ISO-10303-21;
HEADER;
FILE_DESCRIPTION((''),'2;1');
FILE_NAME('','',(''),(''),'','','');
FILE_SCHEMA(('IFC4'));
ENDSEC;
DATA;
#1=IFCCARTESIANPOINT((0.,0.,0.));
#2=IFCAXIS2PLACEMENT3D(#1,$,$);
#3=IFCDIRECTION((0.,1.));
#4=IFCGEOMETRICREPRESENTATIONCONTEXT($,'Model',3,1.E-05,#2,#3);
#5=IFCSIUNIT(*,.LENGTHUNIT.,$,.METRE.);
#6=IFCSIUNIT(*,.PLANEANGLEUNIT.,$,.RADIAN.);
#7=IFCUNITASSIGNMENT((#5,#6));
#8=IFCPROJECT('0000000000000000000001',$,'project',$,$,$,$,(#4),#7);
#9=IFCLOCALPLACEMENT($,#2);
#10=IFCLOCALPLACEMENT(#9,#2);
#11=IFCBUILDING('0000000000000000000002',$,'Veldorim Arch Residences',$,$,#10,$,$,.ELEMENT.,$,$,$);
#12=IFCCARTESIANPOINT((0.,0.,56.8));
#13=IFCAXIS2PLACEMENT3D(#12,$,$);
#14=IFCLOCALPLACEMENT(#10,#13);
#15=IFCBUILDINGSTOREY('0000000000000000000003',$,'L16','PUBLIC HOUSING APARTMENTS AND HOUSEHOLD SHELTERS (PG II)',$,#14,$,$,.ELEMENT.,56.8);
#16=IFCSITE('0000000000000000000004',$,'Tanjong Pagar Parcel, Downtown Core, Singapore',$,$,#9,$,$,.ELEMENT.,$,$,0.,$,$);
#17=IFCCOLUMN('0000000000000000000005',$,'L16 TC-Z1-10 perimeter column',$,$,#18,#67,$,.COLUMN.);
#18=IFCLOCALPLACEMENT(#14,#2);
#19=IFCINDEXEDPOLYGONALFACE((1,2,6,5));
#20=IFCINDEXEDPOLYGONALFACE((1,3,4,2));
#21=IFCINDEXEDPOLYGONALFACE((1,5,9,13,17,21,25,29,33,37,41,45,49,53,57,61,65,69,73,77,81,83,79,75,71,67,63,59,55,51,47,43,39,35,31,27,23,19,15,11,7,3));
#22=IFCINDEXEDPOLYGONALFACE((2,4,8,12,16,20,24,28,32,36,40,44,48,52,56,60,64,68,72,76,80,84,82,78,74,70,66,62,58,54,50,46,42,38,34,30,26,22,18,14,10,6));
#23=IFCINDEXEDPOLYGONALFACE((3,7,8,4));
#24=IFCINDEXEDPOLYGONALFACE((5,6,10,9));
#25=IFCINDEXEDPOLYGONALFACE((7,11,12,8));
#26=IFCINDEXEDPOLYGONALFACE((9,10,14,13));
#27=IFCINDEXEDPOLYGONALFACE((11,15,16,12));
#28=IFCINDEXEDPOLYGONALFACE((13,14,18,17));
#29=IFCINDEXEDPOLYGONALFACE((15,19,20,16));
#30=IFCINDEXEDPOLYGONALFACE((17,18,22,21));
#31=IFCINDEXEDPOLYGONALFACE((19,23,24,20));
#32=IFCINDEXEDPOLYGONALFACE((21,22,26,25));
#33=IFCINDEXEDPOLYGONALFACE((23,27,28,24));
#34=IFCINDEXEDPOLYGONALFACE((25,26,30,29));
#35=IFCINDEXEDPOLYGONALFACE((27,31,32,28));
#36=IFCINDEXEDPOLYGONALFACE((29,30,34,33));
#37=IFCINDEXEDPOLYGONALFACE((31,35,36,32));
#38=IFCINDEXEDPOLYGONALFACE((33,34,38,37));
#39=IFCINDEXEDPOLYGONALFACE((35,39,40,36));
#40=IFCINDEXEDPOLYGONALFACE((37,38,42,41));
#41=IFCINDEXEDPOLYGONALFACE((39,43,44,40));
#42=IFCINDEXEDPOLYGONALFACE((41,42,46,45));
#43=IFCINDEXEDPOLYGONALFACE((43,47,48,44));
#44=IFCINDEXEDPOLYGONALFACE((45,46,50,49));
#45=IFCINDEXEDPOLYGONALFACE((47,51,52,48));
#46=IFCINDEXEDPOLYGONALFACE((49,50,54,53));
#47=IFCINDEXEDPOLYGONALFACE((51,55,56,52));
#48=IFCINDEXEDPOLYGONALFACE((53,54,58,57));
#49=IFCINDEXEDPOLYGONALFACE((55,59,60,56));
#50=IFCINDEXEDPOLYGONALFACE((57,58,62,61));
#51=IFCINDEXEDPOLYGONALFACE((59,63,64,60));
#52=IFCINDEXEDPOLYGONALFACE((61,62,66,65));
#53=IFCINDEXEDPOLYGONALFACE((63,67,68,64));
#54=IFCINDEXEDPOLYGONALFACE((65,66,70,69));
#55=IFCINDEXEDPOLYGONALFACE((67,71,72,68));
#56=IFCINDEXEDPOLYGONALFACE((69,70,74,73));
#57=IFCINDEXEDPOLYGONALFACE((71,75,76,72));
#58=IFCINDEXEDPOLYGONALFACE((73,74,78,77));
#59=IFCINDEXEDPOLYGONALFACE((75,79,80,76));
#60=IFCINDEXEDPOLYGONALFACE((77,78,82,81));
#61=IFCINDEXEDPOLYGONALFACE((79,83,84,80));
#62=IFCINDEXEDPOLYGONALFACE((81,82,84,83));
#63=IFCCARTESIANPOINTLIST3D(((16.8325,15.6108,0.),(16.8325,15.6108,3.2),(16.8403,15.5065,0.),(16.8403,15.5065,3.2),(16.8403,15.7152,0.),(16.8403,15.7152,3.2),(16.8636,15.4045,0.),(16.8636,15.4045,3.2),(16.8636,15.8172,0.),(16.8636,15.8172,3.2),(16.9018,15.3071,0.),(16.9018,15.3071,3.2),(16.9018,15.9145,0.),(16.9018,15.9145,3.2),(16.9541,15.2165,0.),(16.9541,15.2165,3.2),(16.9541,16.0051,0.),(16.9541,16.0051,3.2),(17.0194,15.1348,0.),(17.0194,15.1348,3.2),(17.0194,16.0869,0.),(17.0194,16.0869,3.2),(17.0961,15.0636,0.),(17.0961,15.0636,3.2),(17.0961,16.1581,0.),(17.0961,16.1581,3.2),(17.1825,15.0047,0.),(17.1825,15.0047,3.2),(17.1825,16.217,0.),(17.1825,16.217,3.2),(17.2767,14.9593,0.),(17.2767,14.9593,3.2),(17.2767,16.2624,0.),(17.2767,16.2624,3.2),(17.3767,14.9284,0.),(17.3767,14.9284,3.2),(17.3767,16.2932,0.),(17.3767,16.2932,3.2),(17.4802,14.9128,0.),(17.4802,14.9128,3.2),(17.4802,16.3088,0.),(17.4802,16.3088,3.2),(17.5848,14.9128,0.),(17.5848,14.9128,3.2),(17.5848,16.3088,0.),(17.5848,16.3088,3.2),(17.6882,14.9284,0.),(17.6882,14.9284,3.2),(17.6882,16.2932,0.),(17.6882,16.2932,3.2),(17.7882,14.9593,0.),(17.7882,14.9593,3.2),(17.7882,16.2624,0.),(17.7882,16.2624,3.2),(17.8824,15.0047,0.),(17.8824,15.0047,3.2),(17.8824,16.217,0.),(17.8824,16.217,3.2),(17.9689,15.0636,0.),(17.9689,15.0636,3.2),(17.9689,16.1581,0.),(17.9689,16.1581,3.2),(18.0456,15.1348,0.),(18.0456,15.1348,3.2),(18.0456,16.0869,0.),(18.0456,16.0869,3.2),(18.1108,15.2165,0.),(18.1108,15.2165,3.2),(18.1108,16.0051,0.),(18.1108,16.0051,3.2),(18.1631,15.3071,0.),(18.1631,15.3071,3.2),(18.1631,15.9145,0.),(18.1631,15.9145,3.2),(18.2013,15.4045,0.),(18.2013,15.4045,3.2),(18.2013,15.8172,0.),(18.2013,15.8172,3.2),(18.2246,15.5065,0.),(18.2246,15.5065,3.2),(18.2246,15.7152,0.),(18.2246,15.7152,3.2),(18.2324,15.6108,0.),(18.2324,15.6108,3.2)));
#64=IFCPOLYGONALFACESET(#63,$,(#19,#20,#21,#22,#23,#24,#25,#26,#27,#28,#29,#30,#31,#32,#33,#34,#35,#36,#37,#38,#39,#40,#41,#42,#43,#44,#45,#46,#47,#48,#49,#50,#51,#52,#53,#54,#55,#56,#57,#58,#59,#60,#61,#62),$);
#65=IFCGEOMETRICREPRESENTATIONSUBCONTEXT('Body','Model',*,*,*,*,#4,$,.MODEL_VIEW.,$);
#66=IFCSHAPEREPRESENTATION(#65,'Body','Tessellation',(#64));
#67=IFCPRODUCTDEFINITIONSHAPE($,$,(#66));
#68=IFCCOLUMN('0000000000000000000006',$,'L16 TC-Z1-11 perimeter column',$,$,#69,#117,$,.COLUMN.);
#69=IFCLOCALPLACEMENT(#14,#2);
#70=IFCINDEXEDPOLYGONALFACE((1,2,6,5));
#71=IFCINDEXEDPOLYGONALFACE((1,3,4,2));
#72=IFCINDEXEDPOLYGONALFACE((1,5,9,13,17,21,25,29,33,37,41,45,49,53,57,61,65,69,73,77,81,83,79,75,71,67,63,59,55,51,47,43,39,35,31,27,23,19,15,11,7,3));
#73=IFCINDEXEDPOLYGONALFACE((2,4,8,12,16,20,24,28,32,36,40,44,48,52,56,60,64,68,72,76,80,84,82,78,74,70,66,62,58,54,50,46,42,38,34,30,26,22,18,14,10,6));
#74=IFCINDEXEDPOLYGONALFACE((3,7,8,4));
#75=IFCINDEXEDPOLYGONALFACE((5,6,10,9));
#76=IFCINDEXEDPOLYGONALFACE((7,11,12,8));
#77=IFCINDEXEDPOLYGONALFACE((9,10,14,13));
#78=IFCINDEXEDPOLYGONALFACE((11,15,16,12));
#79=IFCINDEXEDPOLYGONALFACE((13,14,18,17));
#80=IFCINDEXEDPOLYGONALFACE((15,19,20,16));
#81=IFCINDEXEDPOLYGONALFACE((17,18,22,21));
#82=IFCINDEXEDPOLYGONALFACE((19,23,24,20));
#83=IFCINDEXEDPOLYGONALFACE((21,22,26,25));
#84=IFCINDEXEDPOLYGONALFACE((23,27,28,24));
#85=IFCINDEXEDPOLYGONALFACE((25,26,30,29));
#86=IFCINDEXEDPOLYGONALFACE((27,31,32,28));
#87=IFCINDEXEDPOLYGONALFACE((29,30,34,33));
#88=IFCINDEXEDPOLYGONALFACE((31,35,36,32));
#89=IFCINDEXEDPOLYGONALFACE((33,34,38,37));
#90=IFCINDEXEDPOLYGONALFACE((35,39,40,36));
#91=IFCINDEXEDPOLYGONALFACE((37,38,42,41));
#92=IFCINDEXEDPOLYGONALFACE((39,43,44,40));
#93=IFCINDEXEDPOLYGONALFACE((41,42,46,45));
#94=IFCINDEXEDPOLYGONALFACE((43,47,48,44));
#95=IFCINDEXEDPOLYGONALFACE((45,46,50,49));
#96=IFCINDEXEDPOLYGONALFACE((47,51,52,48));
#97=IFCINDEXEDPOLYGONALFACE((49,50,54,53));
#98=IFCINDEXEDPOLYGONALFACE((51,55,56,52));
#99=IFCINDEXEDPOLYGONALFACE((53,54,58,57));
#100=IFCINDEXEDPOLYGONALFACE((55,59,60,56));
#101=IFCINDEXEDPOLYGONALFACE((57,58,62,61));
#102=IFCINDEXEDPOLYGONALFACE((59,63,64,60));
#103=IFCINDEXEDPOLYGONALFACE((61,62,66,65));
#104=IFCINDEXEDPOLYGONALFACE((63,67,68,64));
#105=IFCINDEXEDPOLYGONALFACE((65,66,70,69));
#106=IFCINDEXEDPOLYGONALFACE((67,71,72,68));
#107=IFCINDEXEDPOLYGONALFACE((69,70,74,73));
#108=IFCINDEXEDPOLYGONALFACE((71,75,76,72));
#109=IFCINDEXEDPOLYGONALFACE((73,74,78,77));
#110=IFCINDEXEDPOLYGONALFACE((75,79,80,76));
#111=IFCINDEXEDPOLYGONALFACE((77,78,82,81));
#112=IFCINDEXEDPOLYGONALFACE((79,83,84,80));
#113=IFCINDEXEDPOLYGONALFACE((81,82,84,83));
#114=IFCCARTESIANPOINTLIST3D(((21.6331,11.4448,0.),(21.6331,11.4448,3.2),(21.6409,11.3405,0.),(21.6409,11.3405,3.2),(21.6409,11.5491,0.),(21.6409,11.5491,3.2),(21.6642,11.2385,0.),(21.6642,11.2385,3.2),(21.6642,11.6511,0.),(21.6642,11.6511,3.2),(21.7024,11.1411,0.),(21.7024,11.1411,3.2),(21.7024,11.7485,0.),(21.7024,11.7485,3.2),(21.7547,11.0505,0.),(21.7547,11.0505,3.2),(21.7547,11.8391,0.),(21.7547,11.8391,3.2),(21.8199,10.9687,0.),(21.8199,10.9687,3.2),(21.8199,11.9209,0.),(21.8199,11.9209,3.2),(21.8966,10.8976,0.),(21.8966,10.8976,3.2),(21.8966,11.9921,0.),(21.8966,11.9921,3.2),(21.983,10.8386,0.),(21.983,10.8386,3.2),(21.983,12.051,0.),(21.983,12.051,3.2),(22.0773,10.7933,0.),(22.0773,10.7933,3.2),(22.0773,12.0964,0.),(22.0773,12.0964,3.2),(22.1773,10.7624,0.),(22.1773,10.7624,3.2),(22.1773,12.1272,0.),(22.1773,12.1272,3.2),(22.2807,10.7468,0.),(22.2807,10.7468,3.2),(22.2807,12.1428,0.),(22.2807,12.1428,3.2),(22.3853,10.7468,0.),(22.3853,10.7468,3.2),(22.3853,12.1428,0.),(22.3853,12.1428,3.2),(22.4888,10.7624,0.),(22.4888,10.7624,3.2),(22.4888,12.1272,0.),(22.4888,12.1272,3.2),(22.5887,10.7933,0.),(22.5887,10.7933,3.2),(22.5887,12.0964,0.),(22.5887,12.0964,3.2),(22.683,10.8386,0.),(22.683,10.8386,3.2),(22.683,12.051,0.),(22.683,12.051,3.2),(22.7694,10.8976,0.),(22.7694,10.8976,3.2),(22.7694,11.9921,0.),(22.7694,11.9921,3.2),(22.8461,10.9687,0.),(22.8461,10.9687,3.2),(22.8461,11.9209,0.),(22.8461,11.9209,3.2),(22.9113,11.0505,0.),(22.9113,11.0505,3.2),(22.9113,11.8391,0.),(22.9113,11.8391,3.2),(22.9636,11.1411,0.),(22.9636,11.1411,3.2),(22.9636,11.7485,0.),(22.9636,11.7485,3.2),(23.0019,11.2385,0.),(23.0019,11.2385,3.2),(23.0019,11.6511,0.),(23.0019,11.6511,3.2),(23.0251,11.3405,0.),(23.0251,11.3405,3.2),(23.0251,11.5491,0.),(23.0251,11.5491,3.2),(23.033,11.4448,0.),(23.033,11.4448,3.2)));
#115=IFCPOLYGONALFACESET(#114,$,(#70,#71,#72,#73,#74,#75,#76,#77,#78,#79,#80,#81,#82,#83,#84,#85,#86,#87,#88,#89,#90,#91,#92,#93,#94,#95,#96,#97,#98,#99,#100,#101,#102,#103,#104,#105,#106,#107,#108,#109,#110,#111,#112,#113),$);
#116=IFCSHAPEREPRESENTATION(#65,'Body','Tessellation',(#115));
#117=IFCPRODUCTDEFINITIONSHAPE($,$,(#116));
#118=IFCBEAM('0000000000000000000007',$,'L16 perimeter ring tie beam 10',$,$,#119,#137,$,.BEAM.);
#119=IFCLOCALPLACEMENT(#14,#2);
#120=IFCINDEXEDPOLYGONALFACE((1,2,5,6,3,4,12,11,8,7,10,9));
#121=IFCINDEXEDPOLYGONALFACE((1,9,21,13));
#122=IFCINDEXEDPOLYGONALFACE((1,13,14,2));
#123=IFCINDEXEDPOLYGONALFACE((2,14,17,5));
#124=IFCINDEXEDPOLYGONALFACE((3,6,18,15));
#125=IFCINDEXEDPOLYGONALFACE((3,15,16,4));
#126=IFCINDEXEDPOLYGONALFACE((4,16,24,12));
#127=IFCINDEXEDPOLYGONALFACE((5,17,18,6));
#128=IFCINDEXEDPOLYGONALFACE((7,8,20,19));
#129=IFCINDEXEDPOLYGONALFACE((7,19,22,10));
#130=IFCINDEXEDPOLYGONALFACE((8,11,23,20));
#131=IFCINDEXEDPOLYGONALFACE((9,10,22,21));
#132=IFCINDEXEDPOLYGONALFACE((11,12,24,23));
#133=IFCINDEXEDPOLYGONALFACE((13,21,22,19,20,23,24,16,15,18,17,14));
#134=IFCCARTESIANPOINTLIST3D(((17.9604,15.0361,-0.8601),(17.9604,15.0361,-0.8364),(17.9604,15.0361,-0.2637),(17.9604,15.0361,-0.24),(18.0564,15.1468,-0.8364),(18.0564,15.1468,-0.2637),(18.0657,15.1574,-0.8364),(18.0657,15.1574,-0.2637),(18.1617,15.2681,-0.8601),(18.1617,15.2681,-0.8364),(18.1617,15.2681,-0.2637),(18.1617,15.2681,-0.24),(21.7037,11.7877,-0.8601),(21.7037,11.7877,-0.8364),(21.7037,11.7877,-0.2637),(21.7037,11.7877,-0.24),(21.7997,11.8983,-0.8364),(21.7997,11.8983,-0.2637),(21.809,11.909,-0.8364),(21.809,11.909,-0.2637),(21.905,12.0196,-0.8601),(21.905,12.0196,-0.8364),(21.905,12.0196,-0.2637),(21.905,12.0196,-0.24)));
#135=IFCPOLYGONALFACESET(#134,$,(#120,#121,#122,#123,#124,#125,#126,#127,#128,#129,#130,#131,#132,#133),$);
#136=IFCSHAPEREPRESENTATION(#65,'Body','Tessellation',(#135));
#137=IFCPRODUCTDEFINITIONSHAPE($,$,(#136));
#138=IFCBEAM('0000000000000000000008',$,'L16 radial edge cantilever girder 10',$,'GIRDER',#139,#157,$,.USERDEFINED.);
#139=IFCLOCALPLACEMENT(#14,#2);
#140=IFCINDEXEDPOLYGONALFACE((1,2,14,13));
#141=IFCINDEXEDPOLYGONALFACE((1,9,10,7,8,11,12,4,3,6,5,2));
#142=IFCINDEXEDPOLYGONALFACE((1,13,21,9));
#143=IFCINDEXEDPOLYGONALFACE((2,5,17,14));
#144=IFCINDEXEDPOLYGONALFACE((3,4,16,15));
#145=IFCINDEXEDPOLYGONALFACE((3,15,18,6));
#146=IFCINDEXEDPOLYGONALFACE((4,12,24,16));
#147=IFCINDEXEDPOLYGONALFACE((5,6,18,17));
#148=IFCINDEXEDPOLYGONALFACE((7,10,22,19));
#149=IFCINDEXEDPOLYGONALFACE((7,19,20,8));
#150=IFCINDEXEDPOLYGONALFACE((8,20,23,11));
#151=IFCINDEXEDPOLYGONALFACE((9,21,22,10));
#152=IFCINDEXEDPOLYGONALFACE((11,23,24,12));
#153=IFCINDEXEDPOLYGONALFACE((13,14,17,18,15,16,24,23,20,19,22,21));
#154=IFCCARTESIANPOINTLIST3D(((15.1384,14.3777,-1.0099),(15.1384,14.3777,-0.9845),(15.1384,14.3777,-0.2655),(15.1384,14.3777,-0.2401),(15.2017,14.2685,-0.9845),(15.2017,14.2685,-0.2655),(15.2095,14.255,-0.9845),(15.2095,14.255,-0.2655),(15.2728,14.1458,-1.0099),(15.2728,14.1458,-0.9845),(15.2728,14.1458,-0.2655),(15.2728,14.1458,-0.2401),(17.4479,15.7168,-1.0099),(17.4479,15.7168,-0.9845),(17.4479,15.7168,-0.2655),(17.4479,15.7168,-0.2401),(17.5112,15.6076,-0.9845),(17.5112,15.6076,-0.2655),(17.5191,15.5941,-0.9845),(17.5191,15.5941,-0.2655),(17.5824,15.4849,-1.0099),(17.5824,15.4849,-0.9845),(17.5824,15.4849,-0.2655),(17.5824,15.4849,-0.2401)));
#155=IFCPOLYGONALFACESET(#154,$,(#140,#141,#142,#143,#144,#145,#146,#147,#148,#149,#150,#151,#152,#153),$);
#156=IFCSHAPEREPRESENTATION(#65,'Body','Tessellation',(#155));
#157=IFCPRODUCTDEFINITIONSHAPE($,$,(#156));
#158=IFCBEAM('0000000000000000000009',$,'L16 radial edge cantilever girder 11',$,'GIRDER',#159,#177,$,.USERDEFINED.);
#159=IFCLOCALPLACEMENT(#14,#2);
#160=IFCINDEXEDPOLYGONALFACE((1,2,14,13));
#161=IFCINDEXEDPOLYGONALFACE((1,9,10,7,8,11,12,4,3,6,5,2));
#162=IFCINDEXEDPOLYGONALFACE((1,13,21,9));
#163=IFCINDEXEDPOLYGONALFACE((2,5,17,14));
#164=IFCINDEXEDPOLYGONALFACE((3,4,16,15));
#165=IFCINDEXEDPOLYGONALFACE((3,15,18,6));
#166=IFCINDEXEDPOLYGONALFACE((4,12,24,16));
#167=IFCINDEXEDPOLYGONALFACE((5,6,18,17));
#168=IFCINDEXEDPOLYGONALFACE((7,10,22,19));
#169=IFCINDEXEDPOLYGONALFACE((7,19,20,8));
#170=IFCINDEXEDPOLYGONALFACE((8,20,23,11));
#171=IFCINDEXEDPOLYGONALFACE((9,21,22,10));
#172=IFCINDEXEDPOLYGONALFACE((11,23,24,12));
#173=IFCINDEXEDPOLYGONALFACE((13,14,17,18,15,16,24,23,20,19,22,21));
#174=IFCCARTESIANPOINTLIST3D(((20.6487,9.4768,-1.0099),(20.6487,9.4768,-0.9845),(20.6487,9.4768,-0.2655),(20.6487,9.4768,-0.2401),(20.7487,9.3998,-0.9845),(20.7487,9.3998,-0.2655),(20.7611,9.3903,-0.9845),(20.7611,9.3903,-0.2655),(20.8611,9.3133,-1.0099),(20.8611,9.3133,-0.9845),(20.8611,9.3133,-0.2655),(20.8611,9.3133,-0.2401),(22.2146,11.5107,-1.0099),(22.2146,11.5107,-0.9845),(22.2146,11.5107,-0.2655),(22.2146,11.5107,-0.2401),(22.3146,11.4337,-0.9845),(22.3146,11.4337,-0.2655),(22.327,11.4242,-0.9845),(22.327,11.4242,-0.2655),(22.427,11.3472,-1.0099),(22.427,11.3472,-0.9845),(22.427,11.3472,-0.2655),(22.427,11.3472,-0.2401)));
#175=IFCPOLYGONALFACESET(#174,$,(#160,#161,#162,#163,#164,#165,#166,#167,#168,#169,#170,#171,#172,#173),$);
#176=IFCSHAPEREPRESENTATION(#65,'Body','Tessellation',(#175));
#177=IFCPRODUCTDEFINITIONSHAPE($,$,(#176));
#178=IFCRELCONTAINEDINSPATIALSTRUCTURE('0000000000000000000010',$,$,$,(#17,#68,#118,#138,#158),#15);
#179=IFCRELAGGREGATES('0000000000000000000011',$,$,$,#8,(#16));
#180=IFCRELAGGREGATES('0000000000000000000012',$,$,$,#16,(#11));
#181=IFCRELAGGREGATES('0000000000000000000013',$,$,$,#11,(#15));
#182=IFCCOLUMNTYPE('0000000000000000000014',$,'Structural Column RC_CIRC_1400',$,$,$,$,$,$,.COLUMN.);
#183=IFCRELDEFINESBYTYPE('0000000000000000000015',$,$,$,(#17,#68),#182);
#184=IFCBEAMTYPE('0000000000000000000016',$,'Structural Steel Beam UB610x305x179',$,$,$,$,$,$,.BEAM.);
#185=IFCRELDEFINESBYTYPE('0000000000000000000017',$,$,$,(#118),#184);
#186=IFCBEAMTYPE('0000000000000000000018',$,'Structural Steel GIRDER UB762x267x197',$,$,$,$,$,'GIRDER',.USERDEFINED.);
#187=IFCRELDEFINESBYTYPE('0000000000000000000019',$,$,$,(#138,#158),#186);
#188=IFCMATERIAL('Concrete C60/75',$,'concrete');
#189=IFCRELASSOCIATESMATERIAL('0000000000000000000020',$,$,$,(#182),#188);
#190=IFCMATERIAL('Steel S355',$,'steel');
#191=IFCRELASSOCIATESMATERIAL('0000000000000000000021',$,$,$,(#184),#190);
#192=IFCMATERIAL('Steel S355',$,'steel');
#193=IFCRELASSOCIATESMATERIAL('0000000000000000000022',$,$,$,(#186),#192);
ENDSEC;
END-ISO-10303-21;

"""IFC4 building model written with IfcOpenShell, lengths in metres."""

from ifc_helpers import new_model, si_unit, direction, frame, origin, origin_2d, place, context, subcontext, project, spatial, circle, i_section, extrude, material, material_profile, profile_set, type_object, element, save


model = new_model("IFC4")

# Units and contexts
model_context = context("Model", 3, precision=1e-05, world=origin(), true_north=direction((0.0, 1.0)))
body_context = subcontext(model_context, "Body", "Model", "MODEL_VIEW")
ifc_project = project(units=[si_unit("LENGTHUNIT", "METRE"), si_unit("PLANEANGLEUNIT", "RADIAN")], contexts=[model_context])

# Site, building, storey
site_placement = place(None, origin())
site = spatial("IfcSite", under=ifc_project, at=site_placement, Name="Tanjong Pagar Parcel, Downtown Core, Singapore", CompositionType="ELEMENT", RefElevation=0.0)
building_placement = place(site_placement, origin())
building = spatial("IfcBuilding", under=site, at=building_placement, Name="Veldorim Arch Residences", CompositionType="ELEMENT")
storey_placement = place(building_placement, frame((0.0, 0.0, 56.8)))
storey = spatial("IfcBuildingStorey", under=building, at=storey_placement, Name="L16", Description="PUBLIC HOUSING APARTMENTS AND HOUSEHOLD SHELTERS (PG II)", CompositionType="ELEMENT", Elevation=56.8)

# Columns
ifc_material_1 = material(Name="Concrete C60/75", Category="concrete")
ifc_material_profile_1 = material_profile(ifc_material_1, circle(Radius=0.7, at=origin_2d()), Name="RC_CIRC_1400")
ifc_profile_set_1 = profile_set([ifc_material_profile_1], Name="Concrete C60/75")
column_type = type_object("IfcColumnType", Name="Structural Column RC_CIRC_1400", PredefinedType="COLUMN", material=ifc_profile_set_1)
for number, where, z_axis, x_axis, name in (
    (1, (17.5325, 15.6108, 0.0), (0.0, 0.0, 1.0), (1.0, 0.0, 0.0), "L16 TC-Z1-10 perimeter column"),
    (2, (22.333, 11.4448, 0.0), (0.0, 0.0, 1.0), (1.0, 0.0, 0.0), "L16 TC-Z1-11 perimeter column"),
):
    element("IfcColumn", number, at=place(storey_placement, frame(where, z_axis=z_axis, x_axis=x_axis)), inside=storey, type_object=column_type, Name=name, PredefinedType="COLUMN", context=body_context, shape_type="SweptSolid", body=[
        extrude(circle(Radius=0.7, at=origin_2d()), origin(), (0.0, 0.0, 1.0), 3.2),
    ])

# Beams
ifc_material_2 = material(Name="Steel S355", Category="steel")
ifc_material_profile_2 = material_profile(ifc_material_2, i_section(OverallWidth=0.3071, OverallDepth=0.6201, WebThickness=0.0142, FlangeThickness=0.0237, at=origin_2d()), Name="UB610x305x179")
ifc_profile_set_2 = profile_set([ifc_material_profile_2], Name="Steel S355")
beam_type_1 = type_object("IfcBeamType", Name="Structural Steel Beam UB610x305x179", PredefinedType="BEAM", material=ifc_profile_set_2)
beam_1_placement = place(storey_placement, frame((18.061, 15.1521, -0.55), z_axis=(0.755265, -0.65542, 0.0), x_axis=(0.65542, 0.755265, 0.0)))
element("IfcBeam", 3, at=beam_1_placement, inside=storey, type_object=beam_type_1, Name="L16 perimeter ring tie beam 10", PredefinedType="BEAM", context=body_context, shape_type="SweptSolid", body=[
    extrude(i_section(OverallWidth=0.3071, OverallDepth=0.6201, WebThickness=0.0142, FlangeThickness=0.0237, at=origin_2d()), origin(), (0.0, 0.0, 1.0), 4.9563),
])
ifc_material_3 = material(Name="Steel S355", Category="steel")
ifc_material_profile_3 = material_profile(ifc_material_3, i_section(OverallWidth=0.2681, OverallDepth=0.7698, WebThickness=0.0156, FlangeThickness=0.0254, at=origin_2d()), Name="UB762x267x197")
ifc_profile_set_3 = profile_set([ifc_material_profile_3], Name="Steel S355")
beam_type_2 = type_object("IfcBeamType", Name="Structural Steel GIRDER UB762x267x197", ElementType="GIRDER", PredefinedType="USERDEFINED", material=ifc_profile_set_3)
beam_2_placement = place(storey_placement, frame((17.5151, 15.6008, -0.625), z_axis=(-0.865103, -0.501595, 0.0), x_axis=(0.501595, -0.865103, 0.0)))
element("IfcBeam", 4, at=beam_2_placement, inside=storey, type_object=beam_type_2, Name="L16 radial edge cantilever girder 10", ObjectType="GIRDER", PredefinedType="USERDEFINED", context=body_context, shape_type="SweptSolid", body=[
    extrude(i_section(OverallWidth=0.2681, OverallDepth=0.7698, WebThickness=0.0156, FlangeThickness=0.0254, at=origin_2d()), origin(), (0.0, 0.0, 1.0), 2.6697),
])
beam_3_placement = place(storey_placement, frame((22.3208, 11.429, -0.625), z_axis=(-0.610042, -0.792369, 0.0), x_axis=(0.792369, -0.610042, 0.0)))
element("IfcBeam", 5, at=beam_3_placement, inside=storey, type_object=beam_type_2, Name="L16 radial edge cantilever girder 11", ObjectType="GIRDER", PredefinedType="USERDEFINED", context=body_context, shape_type="SweptSolid", body=[
    extrude(i_section(OverallWidth=0.2681, OverallDepth=0.7698, WebThickness=0.0156, FlangeThickness=0.0254, at=origin_2d()), origin(), (0.0, 0.0, 1.0), 2.5669),
])

save(model, "model.ifc")
